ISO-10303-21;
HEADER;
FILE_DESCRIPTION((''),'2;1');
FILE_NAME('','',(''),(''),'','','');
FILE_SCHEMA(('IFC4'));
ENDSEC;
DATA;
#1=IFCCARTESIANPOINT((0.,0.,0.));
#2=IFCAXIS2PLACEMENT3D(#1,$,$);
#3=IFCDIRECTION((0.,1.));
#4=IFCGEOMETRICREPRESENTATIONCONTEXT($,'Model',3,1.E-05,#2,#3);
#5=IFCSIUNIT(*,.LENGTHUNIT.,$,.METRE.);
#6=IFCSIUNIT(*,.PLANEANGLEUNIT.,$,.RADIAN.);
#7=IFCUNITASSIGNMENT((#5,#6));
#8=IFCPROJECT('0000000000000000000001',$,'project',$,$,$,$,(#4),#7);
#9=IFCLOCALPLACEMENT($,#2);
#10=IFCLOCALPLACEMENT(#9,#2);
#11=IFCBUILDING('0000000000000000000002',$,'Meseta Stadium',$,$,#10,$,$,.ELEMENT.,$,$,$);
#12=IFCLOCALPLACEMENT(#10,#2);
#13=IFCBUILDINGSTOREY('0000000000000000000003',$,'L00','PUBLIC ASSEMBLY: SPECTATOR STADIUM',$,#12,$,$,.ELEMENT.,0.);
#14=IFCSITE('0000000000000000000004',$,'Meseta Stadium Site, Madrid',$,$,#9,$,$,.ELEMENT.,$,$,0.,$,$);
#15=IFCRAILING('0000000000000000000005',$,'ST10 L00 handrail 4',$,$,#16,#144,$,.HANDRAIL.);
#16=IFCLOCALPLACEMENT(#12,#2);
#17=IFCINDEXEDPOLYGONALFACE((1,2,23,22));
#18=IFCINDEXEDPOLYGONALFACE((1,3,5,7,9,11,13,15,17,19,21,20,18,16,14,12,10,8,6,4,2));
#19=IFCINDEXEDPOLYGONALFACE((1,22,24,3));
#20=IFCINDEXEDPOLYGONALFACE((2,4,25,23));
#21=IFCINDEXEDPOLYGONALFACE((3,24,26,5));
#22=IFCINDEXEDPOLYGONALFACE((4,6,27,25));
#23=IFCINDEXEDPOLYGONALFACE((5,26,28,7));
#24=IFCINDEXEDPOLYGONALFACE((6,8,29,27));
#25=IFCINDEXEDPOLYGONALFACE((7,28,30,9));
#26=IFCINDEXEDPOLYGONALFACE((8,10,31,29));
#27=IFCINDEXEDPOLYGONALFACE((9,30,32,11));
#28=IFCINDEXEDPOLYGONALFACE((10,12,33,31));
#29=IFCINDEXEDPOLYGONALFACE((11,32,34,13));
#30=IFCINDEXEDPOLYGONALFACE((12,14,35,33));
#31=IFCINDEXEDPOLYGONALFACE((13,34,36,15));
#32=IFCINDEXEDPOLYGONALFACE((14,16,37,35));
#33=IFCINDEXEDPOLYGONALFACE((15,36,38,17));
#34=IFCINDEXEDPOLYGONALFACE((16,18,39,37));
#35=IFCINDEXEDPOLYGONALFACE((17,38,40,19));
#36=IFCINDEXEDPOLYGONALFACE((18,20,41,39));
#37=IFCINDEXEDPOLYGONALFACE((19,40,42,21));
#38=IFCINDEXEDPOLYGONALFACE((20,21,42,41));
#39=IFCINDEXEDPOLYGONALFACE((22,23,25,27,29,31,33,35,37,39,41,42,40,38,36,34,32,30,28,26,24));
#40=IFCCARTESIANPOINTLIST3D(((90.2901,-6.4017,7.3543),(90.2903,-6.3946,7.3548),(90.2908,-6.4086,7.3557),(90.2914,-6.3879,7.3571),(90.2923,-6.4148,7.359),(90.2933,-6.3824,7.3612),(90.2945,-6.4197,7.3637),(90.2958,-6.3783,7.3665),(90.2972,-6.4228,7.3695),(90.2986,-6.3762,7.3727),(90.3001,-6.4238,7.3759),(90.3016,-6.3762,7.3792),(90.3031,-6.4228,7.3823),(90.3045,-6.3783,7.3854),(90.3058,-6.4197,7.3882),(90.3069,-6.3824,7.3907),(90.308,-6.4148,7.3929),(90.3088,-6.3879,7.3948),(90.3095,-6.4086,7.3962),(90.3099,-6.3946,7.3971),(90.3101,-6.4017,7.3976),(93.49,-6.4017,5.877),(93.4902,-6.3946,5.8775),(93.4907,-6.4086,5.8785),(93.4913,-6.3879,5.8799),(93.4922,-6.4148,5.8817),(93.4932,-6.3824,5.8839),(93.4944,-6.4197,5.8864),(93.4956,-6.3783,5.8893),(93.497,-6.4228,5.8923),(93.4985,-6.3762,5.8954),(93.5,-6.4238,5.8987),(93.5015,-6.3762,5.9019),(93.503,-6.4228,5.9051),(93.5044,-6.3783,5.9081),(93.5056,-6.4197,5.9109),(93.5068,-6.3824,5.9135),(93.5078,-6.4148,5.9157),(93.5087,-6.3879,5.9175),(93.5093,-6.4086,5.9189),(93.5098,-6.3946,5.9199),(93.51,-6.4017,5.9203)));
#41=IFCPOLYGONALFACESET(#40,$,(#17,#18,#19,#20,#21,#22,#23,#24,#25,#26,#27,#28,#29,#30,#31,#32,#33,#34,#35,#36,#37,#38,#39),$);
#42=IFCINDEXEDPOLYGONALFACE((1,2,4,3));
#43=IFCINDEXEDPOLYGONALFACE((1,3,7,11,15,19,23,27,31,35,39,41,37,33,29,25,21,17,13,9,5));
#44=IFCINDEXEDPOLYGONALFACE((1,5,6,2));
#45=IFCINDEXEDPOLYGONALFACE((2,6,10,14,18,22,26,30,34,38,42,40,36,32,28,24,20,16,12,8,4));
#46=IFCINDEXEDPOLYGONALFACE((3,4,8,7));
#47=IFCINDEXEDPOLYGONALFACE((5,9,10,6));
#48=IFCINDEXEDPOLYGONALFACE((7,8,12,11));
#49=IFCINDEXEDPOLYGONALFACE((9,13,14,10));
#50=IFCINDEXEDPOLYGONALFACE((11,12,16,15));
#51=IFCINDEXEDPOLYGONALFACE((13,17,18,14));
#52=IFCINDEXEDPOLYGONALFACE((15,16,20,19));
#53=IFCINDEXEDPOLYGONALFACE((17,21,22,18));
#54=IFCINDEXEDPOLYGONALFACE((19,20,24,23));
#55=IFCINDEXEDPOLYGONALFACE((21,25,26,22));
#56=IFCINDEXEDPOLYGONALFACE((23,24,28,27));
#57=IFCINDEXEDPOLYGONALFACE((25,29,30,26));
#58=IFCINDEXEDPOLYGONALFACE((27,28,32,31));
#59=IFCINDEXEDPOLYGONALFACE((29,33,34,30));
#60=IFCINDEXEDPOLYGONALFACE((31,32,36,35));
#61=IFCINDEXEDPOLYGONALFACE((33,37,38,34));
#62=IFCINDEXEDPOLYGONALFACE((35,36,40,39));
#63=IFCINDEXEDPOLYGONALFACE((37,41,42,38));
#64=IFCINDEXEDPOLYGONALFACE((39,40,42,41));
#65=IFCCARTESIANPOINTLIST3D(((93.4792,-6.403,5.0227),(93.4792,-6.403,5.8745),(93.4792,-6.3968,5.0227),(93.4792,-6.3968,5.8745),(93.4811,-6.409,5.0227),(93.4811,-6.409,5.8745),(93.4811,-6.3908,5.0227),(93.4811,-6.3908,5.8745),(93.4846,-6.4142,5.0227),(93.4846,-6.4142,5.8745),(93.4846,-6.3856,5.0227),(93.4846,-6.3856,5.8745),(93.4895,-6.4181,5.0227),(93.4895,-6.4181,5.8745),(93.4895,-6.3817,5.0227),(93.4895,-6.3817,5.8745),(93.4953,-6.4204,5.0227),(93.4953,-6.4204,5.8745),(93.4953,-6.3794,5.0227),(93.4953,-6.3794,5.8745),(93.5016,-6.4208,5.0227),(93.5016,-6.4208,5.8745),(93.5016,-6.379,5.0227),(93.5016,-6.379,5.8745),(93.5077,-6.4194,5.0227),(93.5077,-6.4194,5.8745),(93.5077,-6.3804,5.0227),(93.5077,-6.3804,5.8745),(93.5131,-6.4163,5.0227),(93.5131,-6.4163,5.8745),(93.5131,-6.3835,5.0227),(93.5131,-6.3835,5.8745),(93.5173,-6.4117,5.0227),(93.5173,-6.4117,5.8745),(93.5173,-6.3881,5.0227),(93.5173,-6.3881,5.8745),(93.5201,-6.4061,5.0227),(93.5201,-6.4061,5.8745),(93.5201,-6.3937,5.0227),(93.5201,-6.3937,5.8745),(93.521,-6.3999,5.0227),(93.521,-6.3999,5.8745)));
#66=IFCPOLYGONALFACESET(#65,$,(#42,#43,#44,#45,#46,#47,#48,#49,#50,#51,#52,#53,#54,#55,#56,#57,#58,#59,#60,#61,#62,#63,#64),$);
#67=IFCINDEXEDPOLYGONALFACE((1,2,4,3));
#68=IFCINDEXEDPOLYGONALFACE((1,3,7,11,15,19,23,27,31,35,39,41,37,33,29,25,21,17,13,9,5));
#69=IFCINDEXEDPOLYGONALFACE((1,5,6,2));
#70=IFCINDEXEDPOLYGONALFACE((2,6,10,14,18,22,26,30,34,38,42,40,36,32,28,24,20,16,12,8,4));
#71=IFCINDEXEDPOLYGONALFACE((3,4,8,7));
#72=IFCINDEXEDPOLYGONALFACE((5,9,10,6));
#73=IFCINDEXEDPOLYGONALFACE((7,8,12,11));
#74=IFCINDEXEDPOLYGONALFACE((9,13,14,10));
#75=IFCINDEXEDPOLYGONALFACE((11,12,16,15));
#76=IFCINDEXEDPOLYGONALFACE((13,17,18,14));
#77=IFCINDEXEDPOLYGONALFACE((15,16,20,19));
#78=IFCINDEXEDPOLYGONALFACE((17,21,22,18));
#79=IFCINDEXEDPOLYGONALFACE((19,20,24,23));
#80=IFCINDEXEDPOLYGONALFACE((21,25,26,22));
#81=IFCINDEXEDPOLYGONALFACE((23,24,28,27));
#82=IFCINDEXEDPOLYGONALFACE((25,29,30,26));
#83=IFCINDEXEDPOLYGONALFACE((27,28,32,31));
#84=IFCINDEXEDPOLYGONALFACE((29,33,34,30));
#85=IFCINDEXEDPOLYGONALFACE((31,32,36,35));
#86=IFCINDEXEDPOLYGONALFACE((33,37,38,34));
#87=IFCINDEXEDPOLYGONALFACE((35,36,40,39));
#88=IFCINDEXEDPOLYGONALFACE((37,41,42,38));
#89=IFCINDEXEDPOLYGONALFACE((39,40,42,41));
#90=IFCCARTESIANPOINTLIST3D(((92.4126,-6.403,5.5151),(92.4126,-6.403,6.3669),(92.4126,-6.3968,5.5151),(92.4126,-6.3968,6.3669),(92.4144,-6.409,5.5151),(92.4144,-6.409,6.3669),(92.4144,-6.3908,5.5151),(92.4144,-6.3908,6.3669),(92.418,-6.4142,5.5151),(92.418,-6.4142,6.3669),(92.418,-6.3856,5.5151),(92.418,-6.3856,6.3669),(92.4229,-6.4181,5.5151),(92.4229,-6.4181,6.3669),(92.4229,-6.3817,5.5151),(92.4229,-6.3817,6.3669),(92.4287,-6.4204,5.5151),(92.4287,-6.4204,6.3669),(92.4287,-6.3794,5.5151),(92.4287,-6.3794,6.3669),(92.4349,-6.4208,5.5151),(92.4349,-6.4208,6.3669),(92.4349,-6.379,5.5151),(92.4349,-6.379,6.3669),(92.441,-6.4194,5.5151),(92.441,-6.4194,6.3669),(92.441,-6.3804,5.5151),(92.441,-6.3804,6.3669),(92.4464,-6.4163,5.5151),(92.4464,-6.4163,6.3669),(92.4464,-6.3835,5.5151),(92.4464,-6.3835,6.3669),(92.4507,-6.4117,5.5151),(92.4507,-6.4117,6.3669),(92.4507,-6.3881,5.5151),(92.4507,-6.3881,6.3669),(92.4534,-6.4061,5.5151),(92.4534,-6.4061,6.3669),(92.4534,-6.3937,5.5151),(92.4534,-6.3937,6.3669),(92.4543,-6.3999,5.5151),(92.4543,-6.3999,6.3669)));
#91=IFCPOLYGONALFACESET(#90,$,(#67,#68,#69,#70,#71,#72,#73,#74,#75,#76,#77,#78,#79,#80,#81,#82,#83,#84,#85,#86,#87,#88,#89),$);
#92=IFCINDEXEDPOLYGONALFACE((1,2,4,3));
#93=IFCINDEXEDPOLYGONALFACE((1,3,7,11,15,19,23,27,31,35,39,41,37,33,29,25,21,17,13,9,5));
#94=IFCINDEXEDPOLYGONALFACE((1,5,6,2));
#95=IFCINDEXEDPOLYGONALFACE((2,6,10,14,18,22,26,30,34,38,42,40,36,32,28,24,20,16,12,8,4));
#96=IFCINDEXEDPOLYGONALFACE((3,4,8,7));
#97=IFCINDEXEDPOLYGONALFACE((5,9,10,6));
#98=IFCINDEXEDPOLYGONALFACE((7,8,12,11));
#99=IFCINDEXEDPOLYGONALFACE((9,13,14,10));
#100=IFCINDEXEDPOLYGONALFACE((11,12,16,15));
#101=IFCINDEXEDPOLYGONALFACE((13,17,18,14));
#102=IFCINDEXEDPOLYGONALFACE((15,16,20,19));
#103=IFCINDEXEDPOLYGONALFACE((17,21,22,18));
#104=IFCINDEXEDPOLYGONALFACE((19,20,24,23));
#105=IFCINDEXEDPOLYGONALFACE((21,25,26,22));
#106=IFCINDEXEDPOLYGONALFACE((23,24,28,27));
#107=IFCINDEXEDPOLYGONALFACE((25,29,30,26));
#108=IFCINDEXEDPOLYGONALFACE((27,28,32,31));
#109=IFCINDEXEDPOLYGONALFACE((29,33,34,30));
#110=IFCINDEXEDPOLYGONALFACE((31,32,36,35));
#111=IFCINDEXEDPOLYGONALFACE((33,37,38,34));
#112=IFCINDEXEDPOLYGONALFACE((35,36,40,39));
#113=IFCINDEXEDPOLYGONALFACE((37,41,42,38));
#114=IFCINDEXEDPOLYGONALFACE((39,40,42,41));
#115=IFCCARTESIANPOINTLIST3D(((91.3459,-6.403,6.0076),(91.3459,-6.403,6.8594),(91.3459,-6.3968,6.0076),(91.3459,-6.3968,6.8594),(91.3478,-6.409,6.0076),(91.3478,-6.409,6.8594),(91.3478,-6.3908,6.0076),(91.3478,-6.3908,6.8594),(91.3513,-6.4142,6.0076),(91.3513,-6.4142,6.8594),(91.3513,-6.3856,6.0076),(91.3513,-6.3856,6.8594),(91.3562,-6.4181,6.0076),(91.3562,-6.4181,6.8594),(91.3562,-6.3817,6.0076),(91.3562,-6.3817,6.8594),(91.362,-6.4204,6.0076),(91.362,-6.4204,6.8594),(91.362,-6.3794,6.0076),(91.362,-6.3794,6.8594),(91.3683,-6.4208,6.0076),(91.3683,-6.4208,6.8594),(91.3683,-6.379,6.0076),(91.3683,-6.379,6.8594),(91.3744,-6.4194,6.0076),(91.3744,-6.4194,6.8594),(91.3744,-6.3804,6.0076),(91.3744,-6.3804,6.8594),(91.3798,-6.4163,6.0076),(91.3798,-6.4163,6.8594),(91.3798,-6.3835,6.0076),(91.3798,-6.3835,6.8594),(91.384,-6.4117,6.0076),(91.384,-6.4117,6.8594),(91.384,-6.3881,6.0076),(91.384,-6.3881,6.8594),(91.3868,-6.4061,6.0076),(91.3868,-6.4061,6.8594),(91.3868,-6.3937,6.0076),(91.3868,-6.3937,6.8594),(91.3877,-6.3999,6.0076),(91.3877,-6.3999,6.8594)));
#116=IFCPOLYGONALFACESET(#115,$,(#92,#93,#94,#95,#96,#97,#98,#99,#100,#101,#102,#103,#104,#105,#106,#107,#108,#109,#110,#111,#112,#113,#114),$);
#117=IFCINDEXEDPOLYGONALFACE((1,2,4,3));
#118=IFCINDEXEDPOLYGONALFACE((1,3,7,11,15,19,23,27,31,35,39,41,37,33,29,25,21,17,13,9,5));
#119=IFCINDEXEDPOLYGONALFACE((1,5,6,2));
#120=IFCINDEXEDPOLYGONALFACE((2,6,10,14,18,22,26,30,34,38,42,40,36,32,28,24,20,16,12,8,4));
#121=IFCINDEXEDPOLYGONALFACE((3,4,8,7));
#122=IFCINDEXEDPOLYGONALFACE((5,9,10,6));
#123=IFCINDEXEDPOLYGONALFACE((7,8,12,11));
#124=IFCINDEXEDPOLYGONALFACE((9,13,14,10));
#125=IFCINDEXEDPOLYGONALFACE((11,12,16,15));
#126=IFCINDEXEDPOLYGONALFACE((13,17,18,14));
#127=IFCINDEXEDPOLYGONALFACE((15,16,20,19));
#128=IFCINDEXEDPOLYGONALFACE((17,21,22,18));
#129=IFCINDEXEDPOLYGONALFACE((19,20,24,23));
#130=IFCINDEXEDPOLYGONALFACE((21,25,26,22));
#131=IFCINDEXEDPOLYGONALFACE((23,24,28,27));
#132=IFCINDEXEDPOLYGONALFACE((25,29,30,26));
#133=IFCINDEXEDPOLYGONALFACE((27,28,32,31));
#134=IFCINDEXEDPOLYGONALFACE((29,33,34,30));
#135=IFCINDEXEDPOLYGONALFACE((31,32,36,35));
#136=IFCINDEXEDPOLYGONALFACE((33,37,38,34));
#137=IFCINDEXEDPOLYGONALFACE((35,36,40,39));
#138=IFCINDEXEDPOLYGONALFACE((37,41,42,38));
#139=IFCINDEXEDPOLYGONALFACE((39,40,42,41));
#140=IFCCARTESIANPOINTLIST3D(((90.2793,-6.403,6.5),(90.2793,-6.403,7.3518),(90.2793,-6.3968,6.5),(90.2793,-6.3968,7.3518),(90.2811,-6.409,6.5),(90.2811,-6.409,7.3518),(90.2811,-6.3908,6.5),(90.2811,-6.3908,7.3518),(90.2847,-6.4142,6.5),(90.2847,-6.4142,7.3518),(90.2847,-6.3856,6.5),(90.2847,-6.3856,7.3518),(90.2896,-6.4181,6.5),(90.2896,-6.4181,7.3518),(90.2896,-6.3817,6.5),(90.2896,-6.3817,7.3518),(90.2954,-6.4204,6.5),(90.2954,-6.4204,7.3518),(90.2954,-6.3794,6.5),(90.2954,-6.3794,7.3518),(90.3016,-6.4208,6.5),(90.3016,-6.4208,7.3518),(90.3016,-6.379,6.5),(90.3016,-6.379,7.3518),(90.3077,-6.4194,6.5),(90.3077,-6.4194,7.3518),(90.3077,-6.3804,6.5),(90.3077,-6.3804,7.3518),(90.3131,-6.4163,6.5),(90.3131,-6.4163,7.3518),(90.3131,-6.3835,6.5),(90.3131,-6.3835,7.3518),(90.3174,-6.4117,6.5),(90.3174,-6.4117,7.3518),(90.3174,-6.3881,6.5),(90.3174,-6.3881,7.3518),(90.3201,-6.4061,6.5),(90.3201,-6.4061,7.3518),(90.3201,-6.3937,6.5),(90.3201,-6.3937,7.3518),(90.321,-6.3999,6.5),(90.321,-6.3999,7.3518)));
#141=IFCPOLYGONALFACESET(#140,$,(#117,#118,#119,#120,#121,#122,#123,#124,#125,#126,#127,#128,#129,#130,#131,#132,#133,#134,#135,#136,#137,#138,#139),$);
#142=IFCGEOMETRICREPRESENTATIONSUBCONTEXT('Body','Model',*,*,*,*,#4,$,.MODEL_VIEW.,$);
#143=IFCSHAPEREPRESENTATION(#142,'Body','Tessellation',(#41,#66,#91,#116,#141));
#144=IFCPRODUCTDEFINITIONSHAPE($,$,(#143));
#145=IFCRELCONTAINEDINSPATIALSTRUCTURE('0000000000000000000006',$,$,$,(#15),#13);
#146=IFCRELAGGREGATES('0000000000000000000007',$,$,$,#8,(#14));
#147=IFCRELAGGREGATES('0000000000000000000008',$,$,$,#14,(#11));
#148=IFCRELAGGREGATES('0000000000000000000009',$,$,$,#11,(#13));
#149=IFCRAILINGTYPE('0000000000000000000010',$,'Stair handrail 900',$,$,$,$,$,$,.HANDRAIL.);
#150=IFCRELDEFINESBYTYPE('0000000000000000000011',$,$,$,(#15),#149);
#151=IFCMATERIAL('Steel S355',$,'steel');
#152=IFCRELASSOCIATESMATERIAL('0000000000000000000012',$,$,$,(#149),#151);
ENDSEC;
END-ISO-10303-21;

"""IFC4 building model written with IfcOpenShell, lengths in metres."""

from ifc_helpers import new_model, si_unit, direction, frame, origin, origin_2d, place, context, subcontext, project, spatial, circle, extrude, material, type_object, element, save


model = new_model("IFC4")

# Units and contexts
model_context = context("Model", 3, precision=1e-05, world=origin(), true_north=direction((0.0, 1.0)))
body_context = subcontext(model_context, "Body", "Model", "MODEL_VIEW")
ifc_project = project(units=[si_unit("LENGTHUNIT", "METRE"), si_unit("PLANEANGLEUNIT", "RADIAN")], contexts=[model_context])

# Site, building, storey
site_placement = place(None, origin())
site = spatial("IfcSite", under=ifc_project, at=site_placement, Name="Meseta Stadium Site, Madrid", CompositionType="ELEMENT", RefElevation=0.0)
building_placement = place(site_placement, origin())
building = spatial("IfcBuilding", under=site, at=building_placement, Name="Meseta Stadium", CompositionType="ELEMENT")
storey_placement = place(building_placement, origin())
storey = spatial("IfcBuildingStorey", under=building, at=storey_placement, Name="L00", Description="PUBLIC ASSEMBLY: SPECTATOR STADIUM", CompositionType="ELEMENT", Elevation=0.0)

# Railing
ifc_material_1 = material(Name="Steel S355", Category="steel")
railing_type_1 = type_object("IfcRailingType", Name="Stair handrail 900", PredefinedType="HANDRAIL", material=ifc_material_1)
for number, where, name in (
    (1, (93.5, -6.3999, 5.0227), "ST10 L00 handrail 4"),
):
    element("IfcRailing", number, at=place(storey_placement, frame(where)), inside=storey, type_object=railing_type_1, Name=name, PredefinedType="HANDRAIL", context=body_context, shape_type="SweptSolid", body=[
        extrude(circle(Radius=0.0239, at=origin_2d()), frame((0.0, 0.0, 0.876), z_axis=(-0.907917, 0.0, 0.41915), x_axis=(0.0, -1.0, 0.0)), (0.0, 0.0, 1.0), 3.5244),
        extrude(circle(Radius=0.021, at=origin_2d()), origin(), (0.0, 0.0, 1.0), 0.8518),
        extrude(circle(Radius=0.021, at=origin_2d()), frame((-1.0667, 0.0, 0.4924)), (0.0, 0.0, 1.0), 0.8518),
        extrude(circle(Radius=0.021, at=origin_2d()), frame((-2.1333, 0.0, 0.9849)), (0.0, 0.0, 1.0), 0.8518),
        extrude(circle(Radius=0.021, at=origin_2d()), frame((-3.2, 0.0, 1.4773)), (0.0, 0.0, 1.0), 0.8518),
    ])

save(model, "model.ifc")
